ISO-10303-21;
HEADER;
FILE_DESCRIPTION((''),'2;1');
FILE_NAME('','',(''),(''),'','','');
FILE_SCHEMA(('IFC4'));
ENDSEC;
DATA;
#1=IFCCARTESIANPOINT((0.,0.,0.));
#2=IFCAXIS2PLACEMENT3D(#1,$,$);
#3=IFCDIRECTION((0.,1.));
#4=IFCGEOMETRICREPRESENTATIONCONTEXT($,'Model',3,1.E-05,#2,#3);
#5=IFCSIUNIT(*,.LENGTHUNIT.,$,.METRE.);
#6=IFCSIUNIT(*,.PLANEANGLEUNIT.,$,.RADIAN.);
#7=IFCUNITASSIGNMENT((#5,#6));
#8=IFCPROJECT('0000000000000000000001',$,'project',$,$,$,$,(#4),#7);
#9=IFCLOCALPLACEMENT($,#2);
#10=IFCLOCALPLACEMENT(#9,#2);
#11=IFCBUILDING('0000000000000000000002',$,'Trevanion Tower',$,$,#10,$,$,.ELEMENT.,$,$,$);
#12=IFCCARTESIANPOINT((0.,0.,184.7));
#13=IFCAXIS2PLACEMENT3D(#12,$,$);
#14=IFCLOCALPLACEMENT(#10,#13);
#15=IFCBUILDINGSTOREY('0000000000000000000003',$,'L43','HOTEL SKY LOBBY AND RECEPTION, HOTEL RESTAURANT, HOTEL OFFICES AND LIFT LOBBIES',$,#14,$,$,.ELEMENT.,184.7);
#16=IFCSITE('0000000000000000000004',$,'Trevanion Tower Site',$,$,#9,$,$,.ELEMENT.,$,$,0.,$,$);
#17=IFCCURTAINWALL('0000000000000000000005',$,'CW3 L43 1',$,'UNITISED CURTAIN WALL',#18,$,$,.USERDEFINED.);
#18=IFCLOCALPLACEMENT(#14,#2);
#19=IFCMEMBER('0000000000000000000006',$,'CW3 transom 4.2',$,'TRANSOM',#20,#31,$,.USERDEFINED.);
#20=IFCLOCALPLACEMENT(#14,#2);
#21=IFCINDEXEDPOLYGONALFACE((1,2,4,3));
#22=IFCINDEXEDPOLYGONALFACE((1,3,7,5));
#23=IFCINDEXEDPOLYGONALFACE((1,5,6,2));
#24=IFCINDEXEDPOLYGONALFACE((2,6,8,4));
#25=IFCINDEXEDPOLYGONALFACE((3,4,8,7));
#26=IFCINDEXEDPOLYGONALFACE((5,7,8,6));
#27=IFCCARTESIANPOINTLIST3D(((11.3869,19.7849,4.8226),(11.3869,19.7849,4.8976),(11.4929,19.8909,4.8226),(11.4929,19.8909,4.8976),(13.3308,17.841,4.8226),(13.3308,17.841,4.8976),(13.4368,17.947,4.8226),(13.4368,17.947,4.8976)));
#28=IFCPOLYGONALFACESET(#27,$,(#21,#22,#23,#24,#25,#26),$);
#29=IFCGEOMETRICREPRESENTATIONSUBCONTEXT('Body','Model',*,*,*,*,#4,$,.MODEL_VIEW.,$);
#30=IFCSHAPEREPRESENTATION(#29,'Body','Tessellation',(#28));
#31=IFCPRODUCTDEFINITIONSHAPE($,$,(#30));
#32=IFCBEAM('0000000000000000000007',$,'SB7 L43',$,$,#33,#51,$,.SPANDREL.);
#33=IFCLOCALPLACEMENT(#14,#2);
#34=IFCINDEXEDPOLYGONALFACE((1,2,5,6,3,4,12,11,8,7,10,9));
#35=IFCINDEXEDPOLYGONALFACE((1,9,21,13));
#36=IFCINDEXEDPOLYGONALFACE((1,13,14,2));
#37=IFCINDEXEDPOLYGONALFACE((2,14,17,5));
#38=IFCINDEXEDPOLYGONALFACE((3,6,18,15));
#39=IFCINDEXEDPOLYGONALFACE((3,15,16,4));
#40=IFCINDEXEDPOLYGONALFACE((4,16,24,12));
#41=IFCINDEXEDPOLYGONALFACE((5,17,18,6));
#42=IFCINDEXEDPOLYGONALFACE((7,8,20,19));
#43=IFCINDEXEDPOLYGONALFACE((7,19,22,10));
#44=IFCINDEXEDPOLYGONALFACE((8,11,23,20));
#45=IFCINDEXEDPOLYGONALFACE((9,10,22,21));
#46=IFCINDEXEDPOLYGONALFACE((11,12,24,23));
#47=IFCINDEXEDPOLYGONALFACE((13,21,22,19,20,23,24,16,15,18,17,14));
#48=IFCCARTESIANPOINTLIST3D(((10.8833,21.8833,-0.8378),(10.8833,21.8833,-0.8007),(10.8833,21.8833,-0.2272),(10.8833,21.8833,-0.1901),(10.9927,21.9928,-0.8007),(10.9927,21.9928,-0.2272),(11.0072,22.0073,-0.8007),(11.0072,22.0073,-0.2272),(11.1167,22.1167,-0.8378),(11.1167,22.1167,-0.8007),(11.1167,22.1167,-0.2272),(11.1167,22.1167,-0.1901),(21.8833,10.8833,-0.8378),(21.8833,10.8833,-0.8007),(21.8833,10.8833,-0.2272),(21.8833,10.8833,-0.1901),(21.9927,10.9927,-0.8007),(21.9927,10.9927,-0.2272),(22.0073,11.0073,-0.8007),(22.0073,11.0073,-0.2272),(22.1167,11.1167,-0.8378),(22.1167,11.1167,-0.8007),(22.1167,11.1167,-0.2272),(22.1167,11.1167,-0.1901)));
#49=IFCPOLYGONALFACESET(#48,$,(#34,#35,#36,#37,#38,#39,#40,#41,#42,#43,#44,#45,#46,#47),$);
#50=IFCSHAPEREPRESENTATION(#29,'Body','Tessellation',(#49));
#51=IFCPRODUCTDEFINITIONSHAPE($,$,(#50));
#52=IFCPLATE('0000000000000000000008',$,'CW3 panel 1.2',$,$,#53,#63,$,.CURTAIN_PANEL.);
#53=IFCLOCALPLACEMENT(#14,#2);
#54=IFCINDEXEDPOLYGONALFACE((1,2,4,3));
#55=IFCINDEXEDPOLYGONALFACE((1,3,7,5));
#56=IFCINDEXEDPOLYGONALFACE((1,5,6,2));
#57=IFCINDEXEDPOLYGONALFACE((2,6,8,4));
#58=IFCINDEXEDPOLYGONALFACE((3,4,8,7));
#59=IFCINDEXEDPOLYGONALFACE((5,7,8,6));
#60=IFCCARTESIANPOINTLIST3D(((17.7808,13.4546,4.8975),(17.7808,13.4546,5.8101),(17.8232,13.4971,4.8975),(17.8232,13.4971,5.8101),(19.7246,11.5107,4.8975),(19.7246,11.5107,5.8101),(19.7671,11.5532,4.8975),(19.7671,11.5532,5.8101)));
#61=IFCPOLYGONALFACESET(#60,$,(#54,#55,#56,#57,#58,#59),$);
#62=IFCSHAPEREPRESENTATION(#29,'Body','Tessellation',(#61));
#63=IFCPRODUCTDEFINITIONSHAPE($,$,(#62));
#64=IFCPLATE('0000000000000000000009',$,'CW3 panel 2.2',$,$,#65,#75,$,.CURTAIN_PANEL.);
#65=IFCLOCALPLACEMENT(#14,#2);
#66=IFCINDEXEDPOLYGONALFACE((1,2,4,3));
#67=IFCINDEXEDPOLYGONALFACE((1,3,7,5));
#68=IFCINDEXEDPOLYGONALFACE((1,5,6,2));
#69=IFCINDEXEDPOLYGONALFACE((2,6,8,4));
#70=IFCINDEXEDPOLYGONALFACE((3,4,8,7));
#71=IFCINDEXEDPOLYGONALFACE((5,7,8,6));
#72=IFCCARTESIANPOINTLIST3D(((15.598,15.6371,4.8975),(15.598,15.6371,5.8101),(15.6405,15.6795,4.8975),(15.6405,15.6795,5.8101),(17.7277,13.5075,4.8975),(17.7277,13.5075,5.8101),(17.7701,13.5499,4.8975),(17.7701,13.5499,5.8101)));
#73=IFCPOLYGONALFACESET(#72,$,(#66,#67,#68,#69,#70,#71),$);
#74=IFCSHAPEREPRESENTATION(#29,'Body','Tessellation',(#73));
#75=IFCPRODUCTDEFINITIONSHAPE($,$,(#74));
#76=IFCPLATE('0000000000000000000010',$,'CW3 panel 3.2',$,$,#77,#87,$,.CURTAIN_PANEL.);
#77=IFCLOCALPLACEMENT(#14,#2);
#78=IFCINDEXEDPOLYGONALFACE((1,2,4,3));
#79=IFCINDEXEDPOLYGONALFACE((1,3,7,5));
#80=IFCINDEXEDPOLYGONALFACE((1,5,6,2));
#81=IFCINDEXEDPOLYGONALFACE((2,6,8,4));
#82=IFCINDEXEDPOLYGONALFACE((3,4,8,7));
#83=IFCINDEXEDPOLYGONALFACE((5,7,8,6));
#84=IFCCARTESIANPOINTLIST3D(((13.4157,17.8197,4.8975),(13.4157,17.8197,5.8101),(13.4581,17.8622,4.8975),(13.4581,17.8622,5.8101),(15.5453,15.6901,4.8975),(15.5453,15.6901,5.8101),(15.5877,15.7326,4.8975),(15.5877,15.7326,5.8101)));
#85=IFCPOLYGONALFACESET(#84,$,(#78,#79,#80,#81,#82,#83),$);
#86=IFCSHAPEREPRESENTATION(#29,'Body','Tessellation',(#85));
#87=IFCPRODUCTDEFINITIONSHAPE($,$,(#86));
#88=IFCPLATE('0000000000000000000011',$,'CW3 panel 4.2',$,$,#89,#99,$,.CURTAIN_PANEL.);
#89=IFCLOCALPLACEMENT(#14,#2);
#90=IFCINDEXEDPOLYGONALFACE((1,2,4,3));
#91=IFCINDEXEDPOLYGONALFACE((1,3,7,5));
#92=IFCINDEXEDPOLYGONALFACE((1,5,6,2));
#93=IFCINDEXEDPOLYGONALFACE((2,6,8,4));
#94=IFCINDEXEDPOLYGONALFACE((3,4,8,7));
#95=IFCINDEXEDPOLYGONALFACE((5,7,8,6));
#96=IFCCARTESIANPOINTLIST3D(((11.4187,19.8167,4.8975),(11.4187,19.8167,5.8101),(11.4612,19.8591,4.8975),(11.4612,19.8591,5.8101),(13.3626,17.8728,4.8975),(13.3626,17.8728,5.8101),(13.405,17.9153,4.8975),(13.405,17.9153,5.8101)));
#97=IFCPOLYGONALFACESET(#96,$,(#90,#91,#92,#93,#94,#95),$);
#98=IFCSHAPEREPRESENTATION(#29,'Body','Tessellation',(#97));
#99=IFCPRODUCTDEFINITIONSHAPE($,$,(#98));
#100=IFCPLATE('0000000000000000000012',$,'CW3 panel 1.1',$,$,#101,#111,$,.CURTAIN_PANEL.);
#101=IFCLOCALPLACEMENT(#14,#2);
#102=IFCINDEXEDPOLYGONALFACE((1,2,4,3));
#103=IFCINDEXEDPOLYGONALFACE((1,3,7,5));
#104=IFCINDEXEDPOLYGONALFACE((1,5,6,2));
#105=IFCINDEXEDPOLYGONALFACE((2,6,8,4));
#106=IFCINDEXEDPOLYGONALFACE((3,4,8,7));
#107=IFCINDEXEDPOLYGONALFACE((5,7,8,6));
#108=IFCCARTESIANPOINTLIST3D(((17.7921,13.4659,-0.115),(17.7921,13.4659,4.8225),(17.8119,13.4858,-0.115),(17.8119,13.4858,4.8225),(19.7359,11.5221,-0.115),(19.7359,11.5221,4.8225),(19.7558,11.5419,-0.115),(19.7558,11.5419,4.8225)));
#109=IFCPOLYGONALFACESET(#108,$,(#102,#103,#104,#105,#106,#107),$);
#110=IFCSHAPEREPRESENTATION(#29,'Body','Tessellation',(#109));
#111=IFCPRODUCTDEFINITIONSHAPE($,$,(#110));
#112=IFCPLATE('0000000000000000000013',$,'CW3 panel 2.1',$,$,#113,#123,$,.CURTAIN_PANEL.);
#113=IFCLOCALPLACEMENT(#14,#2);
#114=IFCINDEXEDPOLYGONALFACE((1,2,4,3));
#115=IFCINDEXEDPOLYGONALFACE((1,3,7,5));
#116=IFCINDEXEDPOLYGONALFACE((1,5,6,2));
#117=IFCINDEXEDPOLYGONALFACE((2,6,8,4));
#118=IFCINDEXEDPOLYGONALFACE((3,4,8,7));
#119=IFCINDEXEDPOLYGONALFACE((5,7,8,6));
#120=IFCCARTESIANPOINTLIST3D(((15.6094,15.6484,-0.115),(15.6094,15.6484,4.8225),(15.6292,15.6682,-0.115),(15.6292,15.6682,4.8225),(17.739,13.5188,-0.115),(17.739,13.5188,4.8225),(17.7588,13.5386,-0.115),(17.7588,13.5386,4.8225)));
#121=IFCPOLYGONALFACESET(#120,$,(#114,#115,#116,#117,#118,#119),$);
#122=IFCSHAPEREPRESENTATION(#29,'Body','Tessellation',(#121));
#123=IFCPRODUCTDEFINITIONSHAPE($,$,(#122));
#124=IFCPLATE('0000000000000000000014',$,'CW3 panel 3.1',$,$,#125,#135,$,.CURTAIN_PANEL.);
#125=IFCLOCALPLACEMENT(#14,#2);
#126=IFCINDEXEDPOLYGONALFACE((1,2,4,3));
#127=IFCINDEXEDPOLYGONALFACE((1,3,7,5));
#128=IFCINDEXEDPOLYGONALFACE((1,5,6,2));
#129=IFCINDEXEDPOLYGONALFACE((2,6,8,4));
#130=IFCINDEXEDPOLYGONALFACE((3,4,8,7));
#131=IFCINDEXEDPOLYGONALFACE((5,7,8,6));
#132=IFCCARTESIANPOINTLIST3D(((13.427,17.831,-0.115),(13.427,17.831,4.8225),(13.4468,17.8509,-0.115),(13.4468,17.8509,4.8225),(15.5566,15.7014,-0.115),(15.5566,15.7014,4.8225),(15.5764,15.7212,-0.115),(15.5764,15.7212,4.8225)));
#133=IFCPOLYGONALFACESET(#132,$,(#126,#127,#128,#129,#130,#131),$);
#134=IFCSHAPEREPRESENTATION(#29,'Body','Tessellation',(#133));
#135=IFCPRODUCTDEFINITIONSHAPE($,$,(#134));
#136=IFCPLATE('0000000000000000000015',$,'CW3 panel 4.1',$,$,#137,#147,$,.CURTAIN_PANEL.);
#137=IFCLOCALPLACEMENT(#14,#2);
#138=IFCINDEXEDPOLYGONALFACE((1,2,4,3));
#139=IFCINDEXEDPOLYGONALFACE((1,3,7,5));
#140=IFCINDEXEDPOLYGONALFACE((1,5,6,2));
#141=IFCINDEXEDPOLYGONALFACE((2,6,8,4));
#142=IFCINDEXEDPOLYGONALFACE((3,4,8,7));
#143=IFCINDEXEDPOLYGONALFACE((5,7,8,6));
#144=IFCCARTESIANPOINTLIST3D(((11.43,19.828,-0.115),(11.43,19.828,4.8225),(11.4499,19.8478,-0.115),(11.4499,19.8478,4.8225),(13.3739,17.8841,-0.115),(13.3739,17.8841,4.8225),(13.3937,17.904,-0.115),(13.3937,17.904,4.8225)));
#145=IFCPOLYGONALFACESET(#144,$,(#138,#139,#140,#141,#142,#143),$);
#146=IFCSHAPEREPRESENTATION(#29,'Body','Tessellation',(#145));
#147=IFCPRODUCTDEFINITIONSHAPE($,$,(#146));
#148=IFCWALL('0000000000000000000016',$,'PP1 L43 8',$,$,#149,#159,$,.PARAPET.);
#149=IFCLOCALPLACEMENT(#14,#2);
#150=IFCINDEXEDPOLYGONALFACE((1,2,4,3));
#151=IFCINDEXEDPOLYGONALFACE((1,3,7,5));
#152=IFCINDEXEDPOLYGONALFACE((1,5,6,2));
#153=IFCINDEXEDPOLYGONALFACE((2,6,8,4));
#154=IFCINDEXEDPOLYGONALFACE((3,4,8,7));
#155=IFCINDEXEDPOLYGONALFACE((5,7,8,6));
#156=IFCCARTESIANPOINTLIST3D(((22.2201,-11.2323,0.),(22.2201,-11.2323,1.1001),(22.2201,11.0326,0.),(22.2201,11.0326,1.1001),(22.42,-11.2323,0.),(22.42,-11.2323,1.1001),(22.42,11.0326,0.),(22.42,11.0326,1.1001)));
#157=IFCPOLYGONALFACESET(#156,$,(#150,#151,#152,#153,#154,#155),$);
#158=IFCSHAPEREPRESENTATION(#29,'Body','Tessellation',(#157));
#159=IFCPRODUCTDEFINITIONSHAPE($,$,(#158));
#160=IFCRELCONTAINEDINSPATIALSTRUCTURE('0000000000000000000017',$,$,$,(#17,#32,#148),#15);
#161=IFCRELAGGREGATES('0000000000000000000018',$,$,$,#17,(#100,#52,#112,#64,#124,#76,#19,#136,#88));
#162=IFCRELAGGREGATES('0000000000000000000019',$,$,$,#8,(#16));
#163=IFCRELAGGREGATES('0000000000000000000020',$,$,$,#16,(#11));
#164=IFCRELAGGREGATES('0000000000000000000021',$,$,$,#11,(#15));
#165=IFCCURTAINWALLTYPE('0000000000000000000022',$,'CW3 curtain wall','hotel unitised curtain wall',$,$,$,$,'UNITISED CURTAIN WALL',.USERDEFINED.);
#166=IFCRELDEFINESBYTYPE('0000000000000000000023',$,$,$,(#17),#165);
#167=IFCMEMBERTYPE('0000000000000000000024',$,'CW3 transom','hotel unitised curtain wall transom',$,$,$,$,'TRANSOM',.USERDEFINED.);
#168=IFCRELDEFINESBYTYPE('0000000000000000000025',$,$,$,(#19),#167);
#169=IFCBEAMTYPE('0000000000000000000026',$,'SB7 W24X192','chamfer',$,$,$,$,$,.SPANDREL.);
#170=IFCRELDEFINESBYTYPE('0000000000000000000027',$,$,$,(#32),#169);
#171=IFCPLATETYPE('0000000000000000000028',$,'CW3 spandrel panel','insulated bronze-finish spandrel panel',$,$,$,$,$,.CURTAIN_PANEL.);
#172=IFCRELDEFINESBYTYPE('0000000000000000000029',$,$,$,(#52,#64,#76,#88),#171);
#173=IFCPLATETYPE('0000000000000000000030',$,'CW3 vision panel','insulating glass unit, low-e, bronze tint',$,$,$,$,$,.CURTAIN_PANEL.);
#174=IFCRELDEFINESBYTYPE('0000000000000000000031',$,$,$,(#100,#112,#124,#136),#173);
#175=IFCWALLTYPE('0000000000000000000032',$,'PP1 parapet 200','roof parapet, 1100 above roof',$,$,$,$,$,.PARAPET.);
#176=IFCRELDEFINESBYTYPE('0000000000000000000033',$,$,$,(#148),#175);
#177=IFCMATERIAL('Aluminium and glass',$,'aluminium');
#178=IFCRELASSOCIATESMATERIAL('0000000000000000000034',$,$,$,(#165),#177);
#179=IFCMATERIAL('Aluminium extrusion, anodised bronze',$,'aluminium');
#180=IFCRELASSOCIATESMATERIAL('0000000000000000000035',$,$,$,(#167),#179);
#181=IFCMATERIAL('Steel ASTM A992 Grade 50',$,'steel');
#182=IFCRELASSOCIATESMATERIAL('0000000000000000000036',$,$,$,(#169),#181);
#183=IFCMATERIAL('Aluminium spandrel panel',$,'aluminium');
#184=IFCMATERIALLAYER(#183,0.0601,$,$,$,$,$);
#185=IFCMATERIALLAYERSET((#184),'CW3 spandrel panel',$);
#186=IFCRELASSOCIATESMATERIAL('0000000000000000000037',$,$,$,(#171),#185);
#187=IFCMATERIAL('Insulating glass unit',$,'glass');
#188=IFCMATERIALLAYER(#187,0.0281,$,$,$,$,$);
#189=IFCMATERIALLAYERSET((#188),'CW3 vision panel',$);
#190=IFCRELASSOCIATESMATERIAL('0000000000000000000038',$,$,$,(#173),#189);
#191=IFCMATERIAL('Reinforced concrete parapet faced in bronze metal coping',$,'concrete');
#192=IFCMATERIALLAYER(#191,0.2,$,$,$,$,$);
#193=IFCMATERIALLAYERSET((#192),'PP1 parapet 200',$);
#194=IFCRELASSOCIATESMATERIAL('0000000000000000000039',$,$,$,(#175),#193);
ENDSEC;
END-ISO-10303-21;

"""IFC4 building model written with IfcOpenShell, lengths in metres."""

from ifc_helpers import new_model, si_unit, direction, frame, frame_2d, origin, origin_2d, place, context, subcontext, project, spatial, rectangle, i_section, extrude, material, layer, layer_set, material_profile, profile_set, type_object, element, aggregate, save


model = new_model("IFC4")

# Units and contexts
model_context = context("Model", 3, precision=1e-05, world=origin(), true_north=direction((0.0, 1.0)))
body_context = subcontext(model_context, "Body", "Model", "MODEL_VIEW")
ifc_project = project(units=[si_unit("LENGTHUNIT", "METRE"), si_unit("PLANEANGLEUNIT", "RADIAN")], contexts=[model_context])

# Site, building, storey
site_placement = place(None, origin())
site = spatial("IfcSite", under=ifc_project, at=site_placement, Name="Trevanion Tower Site", CompositionType="ELEMENT", RefElevation=0.0)
building_placement = place(site_placement, origin())
building = spatial("IfcBuilding", under=site, at=building_placement, Name="Trevanion Tower", CompositionType="ELEMENT")
storey_placement = place(building_placement, frame((0.0, 0.0, 184.7)))
storey = spatial("IfcBuildingStorey", under=building, at=storey_placement, Name="L43", Description="HOTEL SKY LOBBY AND RECEPTION, HOTEL RESTAURANT, HOTEL OFFICES AND LIFT LOBBIES", CompositionType="ELEMENT", Elevation=184.7)

# Curtain wall
ifc_material_1 = material(Name="Aluminium and glass", Category="aluminium")
curtain_wall_type = type_object("IfcCurtainWallType", Name="CW3 curtain wall", Description="hotel unitised curtain wall", ElementType="UNITISED CURTAIN WALL", PredefinedType="USERDEFINED", material=ifc_material_1)
curtain_wall_1_placement = place(storey_placement, origin())
curtain_wall_1 = element("IfcCurtainWall", 1, at=curtain_wall_1_placement, inside=storey, type_object=curtain_wall_type, Name="CW3 L43 1", ObjectType="UNITISED CURTAIN WALL", PredefinedType="USERDEFINED")

# Member
ifc_material_2 = material(Name="Aluminium extrusion, anodised bronze", Category="aluminium")
ifc_material_profile_1 = material_profile(ifc_material_2, rectangle(XDim=0.1499, YDim=0.075, at=origin_2d()), Name="CW3 transom")
ifc_profile_set_1 = profile_set([ifc_material_profile_1], Name="Aluminium extrusion, anodised bronze")
member_type_1 = type_object("IfcMemberType", Name="CW3 transom", Description="hotel unitised curtain wall transom", ElementType="TRANSOM", PredefinedType="USERDEFINED", material=ifc_profile_set_1)
member_1_placement = place(storey_placement, frame((13.3838, 17.894, 4.8601), z_axis=(-0.707107, 0.707107, 0.0), x_axis=(-0.707107, -0.707107, 0.0)))
member_1 = element("IfcMember", 2, at=member_1_placement, type_object=member_type_1, Name="CW3 transom 4.2", ObjectType="TRANSOM", PredefinedType="USERDEFINED", context=body_context, shape_type="SweptSolid", body=[
    extrude(rectangle(XDim=0.1499, YDim=0.075, at=origin_2d()), origin(), (0.0, 0.0, 1.0), 2.749),
])

# Beam
ifc_material_3 = material(Name="Steel ASTM A992 Grade 50", Category="steel")
ifc_material_profile_2 = material_profile(ifc_material_3, i_section(OverallWidth=0.3301, OverallDepth=0.6477, WebThickness=0.0205, FlangeThickness=0.0371, at=origin_2d()), Name="W24X192")
ifc_profile_set_2 = profile_set([ifc_material_profile_2], Name="Steel ASTM A992 Grade 50")
beam_type = type_object("IfcBeamType", Name="SB7 W24X192", Description="chamfer", PredefinedType="SPANDREL", material=ifc_profile_set_2)
beam_placement = place(storey_placement, frame((22.0, 11.0, -0.5139), z_axis=(-0.707107, 0.707107, 0.0), x_axis=(-0.707107, -0.707107, 0.0)))
element("IfcBeam", 3, at=beam_placement, inside=storey, type_object=beam_type, Name="SB7 L43", PredefinedType="SPANDREL", context=body_context, shape_type="SweptSolid", body=[
    extrude(i_section(OverallWidth=0.3301, OverallDepth=0.6477, WebThickness=0.0205, FlangeThickness=0.0371, at=origin_2d()), origin(), (0.0, 0.0, 1.0), 15.5564),
])

# Plates
ifc_material_4 = material(Name="Aluminium spandrel panel", Category="aluminium")
ifc_layer_1 = layer(ifc_material_4, 0.0601)
ifc_layer_set_1 = layer_set([ifc_layer_1], Name="CW3 spandrel panel")
plate_type_1 = type_object("IfcPlateType", Name="CW3 spandrel panel", Description="insulated bronze-finish spandrel panel", PredefinedType="CURTAIN_PANEL", material=ifc_layer_set_1)
plate_1_placement = place(storey_placement, frame((18.7739, 12.5039, 4.8975), z_axis=(0.0, 0.0, 1.0), x_axis=(-0.707107, 0.707107, 0.0)))
plate_1 = element("IfcPlate", 4, at=plate_1_placement, type_object=plate_type_1, Name="CW3 panel 1.2", PredefinedType="CURTAIN_PANEL", context=body_context, shape_type="SweptSolid", body=[
    extrude(rectangle(XDim=2.749, YDim=0.0601, at=origin_2d()), origin(), (0.0, 0.0, 1.0), 0.9126),
])
plate_2_placement = place(storey_placement, frame((16.6841, 14.5935, 4.8975), z_axis=(0.0, 0.0, 1.0), x_axis=(-0.707107, 0.707107, 0.0)))
plate_2 = element("IfcPlate", 5, at=plate_2_placement, type_object=plate_type_1, Name="CW3 panel 2.2", PredefinedType="CURTAIN_PANEL", context=body_context, shape_type="SweptSolid", body=[
    extrude(rectangle(XDim=3.0117, YDim=0.0601, at=origin_2d()), origin(), (0.0, 0.0, 1.0), 0.9126),
])
plate_3_placement = place(storey_placement, frame((14.5017, 16.7761, 4.8975), z_axis=(0.0, 0.0, 1.0), x_axis=(-0.707107, 0.707107, 0.0)))
plate_3 = element("IfcPlate", 6, at=plate_3_placement, type_object=plate_type_1, Name="CW3 panel 3.2", PredefinedType="CURTAIN_PANEL", context=body_context, shape_type="SweptSolid", body=[
    extrude(rectangle(XDim=3.0117, YDim=0.0601, at=origin_2d()), origin(), (0.0, 0.0, 1.0), 0.9126),
])
plate_4_placement = place(storey_placement, frame((12.4119, 18.866, 4.8975), z_axis=(0.0, 0.0, 1.0), x_axis=(-0.707107, 0.707107, 0.0)))
plate_4 = element("IfcPlate", 7, at=plate_4_placement, type_object=plate_type_1, Name="CW3 panel 4.2", PredefinedType="CURTAIN_PANEL", context=body_context, shape_type="SweptSolid", body=[
    extrude(rectangle(XDim=2.749, YDim=0.0601, at=origin_2d()), origin(), (0.0, 0.0, 1.0), 0.9126),
])
ifc_material_5 = material(Name="Insulating glass unit", Category="glass")
ifc_layer_2 = layer(ifc_material_5, 0.0281)
ifc_layer_set_2 = layer_set([ifc_layer_2], Name="CW3 vision panel")
plate_type_2 = type_object("IfcPlateType", Name="CW3 vision panel", Description="insulating glass unit, low-e, bronze tint", PredefinedType="CURTAIN_PANEL", material=ifc_layer_set_2)
plate_5_placement = place(storey_placement, frame((18.7739, 12.5039, -0.115), z_axis=(0.0, 0.0, 1.0), x_axis=(-0.707107, 0.707107, 0.0)))
plate_5 = element("IfcPlate", 8, at=plate_5_placement, type_object=plate_type_2, Name="CW3 panel 1.1", PredefinedType="CURTAIN_PANEL", context=body_context, shape_type="SweptSolid", body=[
    extrude(rectangle(XDim=2.749, YDim=0.0281, at=origin_2d()), origin(), (0.0, 0.0, 1.0), 4.9375),
])
plate_6_placement = place(storey_placement, frame((16.6841, 14.5935, -0.115), z_axis=(0.0, 0.0, 1.0), x_axis=(-0.707107, 0.707107, 0.0)))
plate_6 = element("IfcPlate", 9, at=plate_6_placement, type_object=plate_type_2, Name="CW3 panel 2.1", PredefinedType="CURTAIN_PANEL", context=body_context, shape_type="SweptSolid", body=[
    extrude(rectangle(XDim=3.0117, YDim=0.0281, at=origin_2d()), origin(), (0.0, 0.0, 1.0), 4.9375),
])
plate_7_placement = place(storey_placement, frame((14.5017, 16.7761, -0.115), z_axis=(0.0, 0.0, 1.0), x_axis=(-0.707107, 0.707107, 0.0)))
plate_7 = element("IfcPlate", 10, at=plate_7_placement, type_object=plate_type_2, Name="CW3 panel 3.1", PredefinedType="CURTAIN_PANEL", context=body_context, shape_type="SweptSolid", body=[
    extrude(rectangle(XDim=3.0117, YDim=0.0281, at=origin_2d()), origin(), (0.0, 0.0, 1.0), 4.9375),
])
plate_8_placement = place(storey_placement, frame((12.4119, 18.866, -0.115), z_axis=(0.0, 0.0, 1.0), x_axis=(-0.707107, 0.707107, 0.0)))
plate_8 = element("IfcPlate", 11, at=plate_8_placement, type_object=plate_type_2, Name="CW3 panel 4.1", PredefinedType="CURTAIN_PANEL", context=body_context, shape_type="SweptSolid", body=[
    extrude(rectangle(XDim=2.749, YDim=0.0281, at=origin_2d()), origin(), (0.0, 0.0, 1.0), 4.9375),
])
aggregate(curtain_wall_1, [plate_5, plate_1, plate_6, plate_2, plate_7, plate_3, member_1, plate_8, plate_4])

# Wall
ifc_material_6 = material(Name="Reinforced concrete parapet faced in bronze metal coping", Category="concrete")
ifc_layer_3 = layer(ifc_material_6, 0.2)
ifc_layer_set_3 = layer_set([ifc_layer_3], Name="PP1 parapet 200")
wall_type_1 = type_object("IfcWallType", Name="PP1 parapet 200", Description="roof parapet, 1100 above roof", PredefinedType="PARAPET", material=ifc_layer_set_3)
wall_1_placement = place(storey_placement, frame((22.3201, 11.0325, 0.0), z_axis=(0.0, 0.0, 1.0), x_axis=(0.0, -1.0, 0.0)))
element("IfcWall", 12, at=wall_1_placement, inside=storey, type_object=wall_type_1, Name="PP1 L43 8", PredefinedType="PARAPET", context=body_context, shape_type="SweptSolid", body=[
    extrude(rectangle(XDim=22.2649, YDim=0.2, at=frame_2d((11.1323, 0.0))), origin(), (0.0, 0.0, 1.0), 1.1001),
])

save(model, "model.ifc")
